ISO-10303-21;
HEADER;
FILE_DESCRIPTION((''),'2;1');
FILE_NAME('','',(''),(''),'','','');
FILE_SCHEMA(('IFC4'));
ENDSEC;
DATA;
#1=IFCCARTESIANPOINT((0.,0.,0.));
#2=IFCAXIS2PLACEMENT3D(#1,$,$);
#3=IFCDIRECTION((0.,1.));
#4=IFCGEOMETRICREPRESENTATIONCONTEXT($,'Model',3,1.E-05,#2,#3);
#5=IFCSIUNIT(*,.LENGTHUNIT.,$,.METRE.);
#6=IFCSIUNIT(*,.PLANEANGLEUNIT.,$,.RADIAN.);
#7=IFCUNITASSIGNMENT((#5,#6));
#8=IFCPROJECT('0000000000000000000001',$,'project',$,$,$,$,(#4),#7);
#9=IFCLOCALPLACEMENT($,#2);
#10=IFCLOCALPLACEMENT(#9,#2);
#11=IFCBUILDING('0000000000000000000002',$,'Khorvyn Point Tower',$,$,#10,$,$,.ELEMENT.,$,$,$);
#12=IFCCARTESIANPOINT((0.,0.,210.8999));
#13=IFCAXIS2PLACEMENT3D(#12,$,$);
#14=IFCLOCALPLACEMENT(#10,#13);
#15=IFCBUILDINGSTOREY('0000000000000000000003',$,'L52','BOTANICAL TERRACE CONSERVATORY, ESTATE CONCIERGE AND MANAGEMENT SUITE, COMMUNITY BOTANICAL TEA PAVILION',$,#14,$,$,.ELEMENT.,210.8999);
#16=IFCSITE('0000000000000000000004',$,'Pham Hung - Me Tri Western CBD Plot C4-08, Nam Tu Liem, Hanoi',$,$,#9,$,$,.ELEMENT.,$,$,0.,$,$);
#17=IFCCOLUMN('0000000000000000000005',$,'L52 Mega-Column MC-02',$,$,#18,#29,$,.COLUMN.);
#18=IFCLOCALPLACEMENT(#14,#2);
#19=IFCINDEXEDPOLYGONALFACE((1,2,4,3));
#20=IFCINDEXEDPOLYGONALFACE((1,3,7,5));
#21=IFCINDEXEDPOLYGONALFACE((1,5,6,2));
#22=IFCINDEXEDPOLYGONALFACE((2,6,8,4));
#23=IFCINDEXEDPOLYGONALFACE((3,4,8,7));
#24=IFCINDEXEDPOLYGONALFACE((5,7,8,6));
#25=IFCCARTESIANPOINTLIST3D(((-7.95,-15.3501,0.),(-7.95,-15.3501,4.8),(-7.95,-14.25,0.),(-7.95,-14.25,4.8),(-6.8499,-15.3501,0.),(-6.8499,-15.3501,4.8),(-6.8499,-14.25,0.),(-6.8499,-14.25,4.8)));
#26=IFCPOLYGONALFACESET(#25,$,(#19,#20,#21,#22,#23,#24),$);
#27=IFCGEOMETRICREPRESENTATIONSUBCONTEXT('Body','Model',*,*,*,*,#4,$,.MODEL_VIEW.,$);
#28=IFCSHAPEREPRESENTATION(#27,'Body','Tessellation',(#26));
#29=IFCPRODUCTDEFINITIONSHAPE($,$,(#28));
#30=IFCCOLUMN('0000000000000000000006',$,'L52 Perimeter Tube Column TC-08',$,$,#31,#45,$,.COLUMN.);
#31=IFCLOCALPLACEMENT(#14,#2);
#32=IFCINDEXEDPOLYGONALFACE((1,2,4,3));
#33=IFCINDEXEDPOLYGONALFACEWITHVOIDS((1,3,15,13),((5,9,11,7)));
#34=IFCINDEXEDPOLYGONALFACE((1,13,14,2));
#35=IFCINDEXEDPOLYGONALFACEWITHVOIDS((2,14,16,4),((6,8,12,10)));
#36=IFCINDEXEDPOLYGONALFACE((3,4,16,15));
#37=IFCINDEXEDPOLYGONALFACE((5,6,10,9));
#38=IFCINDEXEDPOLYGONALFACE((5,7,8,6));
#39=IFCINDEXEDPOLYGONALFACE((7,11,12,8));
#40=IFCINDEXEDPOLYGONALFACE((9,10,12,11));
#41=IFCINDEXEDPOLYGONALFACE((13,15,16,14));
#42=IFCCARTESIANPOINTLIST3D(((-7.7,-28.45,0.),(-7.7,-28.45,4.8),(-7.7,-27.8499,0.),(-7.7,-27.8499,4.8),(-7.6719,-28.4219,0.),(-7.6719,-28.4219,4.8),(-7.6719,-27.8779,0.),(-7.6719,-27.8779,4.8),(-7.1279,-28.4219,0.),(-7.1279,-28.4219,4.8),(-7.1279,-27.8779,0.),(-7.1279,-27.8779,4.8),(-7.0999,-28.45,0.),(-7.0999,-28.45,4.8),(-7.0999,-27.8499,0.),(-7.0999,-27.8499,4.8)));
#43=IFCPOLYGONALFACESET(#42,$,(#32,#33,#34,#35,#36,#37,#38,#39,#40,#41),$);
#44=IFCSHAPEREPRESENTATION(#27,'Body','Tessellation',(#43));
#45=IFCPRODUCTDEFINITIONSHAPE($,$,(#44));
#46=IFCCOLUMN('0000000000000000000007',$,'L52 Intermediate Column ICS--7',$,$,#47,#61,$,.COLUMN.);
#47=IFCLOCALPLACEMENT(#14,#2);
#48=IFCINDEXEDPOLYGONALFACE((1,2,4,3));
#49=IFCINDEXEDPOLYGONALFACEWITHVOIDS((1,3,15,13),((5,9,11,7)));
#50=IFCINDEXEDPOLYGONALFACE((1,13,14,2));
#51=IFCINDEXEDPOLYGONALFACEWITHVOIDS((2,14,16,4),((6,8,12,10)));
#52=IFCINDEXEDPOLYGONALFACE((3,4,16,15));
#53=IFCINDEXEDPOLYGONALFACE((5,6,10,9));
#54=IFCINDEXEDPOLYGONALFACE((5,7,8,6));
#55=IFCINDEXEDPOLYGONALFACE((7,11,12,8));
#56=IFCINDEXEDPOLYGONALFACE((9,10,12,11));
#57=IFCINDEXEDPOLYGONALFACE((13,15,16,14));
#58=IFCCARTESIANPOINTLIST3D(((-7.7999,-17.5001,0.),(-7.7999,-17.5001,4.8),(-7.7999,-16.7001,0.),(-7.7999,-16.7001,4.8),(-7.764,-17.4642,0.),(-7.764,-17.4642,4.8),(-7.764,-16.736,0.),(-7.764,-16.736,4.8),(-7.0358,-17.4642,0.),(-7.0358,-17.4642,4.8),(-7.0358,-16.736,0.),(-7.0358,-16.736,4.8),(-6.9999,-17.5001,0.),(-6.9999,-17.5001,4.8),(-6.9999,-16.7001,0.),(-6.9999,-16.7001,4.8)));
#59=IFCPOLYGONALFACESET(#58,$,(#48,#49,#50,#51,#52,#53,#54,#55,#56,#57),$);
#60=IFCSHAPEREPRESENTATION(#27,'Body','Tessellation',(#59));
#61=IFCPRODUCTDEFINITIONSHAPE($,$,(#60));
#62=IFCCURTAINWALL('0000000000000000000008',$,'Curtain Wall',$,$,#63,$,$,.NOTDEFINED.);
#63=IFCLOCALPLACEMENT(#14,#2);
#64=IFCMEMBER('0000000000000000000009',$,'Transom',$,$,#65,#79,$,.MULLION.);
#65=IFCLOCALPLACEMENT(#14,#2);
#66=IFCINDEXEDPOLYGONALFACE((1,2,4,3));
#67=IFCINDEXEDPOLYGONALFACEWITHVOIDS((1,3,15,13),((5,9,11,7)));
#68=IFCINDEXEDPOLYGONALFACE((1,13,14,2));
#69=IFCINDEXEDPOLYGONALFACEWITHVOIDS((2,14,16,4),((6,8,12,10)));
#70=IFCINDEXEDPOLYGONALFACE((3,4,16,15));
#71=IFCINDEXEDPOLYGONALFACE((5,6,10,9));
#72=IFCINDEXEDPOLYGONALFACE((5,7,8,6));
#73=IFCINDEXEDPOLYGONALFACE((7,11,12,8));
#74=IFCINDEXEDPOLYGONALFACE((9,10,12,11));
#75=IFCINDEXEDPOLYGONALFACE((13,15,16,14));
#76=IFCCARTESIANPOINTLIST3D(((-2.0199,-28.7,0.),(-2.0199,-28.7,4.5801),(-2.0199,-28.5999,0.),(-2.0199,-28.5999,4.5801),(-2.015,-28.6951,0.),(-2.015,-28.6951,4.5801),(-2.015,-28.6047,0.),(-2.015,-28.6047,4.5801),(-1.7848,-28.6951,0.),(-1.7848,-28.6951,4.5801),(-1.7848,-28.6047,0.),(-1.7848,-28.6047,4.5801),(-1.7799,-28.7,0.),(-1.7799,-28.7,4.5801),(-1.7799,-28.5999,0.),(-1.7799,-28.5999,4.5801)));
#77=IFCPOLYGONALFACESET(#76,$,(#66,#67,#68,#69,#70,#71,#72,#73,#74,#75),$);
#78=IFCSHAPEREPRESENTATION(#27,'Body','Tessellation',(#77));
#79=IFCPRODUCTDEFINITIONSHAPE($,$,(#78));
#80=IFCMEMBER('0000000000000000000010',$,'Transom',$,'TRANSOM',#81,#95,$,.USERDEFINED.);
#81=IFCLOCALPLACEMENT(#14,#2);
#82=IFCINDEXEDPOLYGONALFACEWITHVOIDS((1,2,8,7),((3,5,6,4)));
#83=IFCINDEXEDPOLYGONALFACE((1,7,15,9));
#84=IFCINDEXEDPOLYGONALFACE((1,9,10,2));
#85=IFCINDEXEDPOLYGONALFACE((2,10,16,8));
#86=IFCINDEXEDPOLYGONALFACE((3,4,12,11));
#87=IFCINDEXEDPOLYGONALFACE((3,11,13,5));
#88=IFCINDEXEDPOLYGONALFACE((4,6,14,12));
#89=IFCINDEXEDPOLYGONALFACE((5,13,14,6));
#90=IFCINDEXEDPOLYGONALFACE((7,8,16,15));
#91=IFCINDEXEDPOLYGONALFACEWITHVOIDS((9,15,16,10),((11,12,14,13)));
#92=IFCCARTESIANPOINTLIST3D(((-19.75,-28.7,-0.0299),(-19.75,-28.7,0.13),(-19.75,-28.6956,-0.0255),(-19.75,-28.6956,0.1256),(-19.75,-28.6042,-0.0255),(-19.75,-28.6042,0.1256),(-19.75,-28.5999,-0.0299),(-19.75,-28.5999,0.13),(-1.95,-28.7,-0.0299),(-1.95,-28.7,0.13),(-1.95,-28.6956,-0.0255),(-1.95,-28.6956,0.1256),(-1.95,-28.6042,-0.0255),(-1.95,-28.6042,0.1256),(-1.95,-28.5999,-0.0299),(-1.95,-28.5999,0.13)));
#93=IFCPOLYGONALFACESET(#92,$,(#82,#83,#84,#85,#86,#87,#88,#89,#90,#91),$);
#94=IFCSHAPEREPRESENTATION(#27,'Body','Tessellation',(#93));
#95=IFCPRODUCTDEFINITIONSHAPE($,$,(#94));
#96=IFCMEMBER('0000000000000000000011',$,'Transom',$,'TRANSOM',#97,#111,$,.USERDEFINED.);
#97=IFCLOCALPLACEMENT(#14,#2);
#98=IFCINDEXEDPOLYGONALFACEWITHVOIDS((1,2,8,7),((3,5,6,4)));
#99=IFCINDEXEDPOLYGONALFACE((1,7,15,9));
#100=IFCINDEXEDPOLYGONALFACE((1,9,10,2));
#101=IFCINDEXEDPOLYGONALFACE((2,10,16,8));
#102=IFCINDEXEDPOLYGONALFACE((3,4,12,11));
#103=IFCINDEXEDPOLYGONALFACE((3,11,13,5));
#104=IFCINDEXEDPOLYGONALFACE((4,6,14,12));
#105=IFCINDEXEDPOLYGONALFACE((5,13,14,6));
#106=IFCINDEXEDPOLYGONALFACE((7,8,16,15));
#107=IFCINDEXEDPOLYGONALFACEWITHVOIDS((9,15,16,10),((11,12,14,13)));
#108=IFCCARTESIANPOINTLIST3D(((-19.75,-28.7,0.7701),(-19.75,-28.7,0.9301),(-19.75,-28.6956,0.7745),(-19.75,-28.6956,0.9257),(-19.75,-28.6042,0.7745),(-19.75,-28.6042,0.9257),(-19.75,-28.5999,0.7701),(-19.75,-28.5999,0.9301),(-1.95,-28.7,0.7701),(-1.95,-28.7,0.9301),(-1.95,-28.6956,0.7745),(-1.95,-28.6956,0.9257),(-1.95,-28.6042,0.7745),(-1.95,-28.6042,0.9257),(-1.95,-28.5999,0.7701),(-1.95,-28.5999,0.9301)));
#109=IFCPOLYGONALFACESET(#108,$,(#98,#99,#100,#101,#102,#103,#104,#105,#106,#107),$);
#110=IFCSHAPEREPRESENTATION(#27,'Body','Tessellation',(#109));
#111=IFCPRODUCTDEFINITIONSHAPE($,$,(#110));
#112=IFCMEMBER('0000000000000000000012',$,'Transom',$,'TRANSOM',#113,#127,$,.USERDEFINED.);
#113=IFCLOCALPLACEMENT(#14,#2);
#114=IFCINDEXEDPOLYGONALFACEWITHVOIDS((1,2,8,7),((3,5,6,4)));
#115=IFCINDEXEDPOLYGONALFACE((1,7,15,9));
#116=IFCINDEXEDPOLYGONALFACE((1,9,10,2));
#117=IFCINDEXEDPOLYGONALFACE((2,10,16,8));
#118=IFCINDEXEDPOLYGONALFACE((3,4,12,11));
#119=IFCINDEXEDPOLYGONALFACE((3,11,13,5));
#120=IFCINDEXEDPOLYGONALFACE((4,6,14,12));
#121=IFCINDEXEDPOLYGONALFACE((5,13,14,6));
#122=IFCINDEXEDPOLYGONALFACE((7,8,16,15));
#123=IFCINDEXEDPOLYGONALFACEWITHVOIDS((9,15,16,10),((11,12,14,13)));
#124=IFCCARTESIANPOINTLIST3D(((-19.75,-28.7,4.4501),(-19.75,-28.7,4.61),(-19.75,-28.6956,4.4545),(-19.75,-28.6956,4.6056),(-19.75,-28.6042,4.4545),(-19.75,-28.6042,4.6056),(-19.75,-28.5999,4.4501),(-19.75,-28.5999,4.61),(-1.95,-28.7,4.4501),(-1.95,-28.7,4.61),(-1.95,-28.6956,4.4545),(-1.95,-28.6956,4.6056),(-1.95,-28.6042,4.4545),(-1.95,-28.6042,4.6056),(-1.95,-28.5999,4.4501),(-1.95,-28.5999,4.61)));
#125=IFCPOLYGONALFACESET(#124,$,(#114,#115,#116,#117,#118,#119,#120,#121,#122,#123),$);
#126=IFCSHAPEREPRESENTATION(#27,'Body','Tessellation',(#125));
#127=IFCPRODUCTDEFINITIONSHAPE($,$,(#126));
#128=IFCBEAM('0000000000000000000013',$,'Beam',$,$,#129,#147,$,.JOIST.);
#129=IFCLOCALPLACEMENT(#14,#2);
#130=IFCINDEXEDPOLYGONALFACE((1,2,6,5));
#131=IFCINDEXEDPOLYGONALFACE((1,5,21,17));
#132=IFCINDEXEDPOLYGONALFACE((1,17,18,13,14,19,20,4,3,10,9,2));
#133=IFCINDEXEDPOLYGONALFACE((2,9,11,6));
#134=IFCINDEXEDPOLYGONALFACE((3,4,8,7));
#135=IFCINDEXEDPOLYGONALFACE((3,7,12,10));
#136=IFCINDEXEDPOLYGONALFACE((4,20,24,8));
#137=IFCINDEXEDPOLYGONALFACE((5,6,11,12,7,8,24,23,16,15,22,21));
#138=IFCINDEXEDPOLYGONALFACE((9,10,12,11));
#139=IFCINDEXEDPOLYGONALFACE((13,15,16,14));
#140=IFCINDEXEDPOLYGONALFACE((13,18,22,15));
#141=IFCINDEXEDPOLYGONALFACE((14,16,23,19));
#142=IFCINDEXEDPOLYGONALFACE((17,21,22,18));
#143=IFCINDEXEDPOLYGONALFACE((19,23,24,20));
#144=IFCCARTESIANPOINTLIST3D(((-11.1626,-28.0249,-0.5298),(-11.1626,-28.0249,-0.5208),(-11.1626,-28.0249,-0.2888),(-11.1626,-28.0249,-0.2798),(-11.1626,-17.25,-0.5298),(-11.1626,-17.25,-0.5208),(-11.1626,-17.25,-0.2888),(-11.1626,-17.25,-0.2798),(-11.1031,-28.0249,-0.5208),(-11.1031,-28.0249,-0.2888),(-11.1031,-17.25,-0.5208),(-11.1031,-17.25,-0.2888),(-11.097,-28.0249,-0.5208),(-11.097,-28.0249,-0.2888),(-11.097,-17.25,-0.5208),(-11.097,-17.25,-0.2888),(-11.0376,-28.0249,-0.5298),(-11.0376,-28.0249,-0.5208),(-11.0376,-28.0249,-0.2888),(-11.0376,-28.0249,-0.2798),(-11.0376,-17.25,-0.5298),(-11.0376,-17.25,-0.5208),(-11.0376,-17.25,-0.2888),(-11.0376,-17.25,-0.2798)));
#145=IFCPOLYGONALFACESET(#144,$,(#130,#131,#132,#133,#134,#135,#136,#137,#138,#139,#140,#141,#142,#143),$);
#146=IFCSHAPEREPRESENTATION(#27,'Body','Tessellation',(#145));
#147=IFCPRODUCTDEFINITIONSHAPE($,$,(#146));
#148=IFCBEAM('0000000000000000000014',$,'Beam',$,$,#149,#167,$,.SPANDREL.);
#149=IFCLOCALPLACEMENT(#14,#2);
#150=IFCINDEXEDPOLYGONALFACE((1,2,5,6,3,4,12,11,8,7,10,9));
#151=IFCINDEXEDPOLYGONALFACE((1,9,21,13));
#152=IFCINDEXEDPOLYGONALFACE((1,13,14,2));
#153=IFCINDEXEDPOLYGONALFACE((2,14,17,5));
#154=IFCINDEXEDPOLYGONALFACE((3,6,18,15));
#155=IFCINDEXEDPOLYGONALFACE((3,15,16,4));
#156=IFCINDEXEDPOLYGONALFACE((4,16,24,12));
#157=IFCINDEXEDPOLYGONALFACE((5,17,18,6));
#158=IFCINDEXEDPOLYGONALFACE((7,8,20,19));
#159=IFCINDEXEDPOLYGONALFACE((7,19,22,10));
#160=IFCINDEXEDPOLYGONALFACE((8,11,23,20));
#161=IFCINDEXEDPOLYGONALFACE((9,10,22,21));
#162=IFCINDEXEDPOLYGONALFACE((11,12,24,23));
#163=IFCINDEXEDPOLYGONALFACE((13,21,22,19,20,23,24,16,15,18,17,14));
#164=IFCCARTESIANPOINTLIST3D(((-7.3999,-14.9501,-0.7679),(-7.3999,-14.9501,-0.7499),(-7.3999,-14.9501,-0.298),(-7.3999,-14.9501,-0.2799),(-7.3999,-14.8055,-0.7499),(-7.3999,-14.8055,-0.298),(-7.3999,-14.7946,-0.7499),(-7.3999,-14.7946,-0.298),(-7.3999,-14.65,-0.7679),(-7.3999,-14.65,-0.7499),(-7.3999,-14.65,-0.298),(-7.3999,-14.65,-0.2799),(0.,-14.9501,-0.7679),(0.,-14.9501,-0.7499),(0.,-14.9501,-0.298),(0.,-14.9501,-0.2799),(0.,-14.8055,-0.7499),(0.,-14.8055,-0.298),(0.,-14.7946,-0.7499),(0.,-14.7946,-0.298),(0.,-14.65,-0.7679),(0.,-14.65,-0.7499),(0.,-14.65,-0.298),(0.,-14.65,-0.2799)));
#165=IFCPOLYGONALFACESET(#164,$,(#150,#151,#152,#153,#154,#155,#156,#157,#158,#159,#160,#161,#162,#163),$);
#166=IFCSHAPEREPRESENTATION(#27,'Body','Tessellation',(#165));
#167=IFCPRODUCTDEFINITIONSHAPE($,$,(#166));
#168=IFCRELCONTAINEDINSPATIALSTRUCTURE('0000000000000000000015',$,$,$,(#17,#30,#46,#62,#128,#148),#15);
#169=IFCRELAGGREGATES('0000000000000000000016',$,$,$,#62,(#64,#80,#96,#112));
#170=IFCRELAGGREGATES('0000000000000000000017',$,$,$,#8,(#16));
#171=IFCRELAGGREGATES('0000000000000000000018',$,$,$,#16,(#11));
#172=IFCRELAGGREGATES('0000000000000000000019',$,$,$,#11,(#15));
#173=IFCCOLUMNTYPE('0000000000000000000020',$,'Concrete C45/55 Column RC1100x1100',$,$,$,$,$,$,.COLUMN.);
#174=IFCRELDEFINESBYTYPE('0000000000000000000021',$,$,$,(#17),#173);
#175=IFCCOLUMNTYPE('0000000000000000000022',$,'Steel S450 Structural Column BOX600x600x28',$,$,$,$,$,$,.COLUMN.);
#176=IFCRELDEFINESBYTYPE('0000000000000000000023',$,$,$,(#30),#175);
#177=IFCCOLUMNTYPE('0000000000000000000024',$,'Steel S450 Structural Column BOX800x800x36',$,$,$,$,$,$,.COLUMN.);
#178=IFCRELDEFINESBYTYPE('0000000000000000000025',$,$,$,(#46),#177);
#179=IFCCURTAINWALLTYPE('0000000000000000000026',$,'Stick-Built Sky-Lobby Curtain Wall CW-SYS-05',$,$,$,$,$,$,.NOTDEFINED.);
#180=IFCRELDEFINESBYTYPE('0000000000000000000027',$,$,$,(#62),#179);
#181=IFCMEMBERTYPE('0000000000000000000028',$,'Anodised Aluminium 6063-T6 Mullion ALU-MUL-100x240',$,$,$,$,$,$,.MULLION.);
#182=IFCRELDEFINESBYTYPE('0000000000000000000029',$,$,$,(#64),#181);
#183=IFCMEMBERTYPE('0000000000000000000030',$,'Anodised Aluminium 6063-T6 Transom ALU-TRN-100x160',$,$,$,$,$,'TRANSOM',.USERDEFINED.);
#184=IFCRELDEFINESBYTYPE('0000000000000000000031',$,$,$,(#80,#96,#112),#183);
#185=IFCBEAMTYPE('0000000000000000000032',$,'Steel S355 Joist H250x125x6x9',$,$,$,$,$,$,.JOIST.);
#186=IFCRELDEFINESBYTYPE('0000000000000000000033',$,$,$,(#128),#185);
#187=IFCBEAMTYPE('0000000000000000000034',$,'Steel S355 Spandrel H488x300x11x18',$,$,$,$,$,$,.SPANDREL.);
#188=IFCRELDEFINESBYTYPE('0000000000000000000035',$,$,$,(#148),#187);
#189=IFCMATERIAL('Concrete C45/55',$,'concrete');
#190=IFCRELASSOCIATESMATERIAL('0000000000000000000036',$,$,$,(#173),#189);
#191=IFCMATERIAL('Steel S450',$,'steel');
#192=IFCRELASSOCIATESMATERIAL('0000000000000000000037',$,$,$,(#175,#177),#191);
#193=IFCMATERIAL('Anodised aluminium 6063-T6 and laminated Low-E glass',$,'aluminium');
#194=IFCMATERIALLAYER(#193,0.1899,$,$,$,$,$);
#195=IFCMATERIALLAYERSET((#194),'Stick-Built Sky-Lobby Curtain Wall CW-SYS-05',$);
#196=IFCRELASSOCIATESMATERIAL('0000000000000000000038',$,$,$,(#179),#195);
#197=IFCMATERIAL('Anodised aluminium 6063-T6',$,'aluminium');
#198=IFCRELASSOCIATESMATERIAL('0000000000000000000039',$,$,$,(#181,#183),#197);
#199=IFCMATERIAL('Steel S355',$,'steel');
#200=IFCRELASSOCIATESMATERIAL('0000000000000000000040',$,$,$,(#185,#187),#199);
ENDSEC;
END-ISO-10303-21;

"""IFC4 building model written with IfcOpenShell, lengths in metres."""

from ifc_helpers import new_model, si_unit, direction, frame, origin, origin_2d, place, context, subcontext, project, spatial, rectangle, hollow_rectangle, i_section, extrude, material, layer, layer_set, material_profile, profile_set, type_object, element, aggregate, save


model = new_model("IFC4")

# Units and contexts
model_context = context("Model", 3, precision=1e-05, world=origin(), true_north=direction((0.0, 1.0)))
body_context = subcontext(model_context, "Body", "Model", "MODEL_VIEW")
ifc_project = project(units=[si_unit("LENGTHUNIT", "METRE"), si_unit("PLANEANGLEUNIT", "RADIAN")], contexts=[model_context])

# Site, building, storey
site_placement = place(None, origin())
site = spatial("IfcSite", under=ifc_project, at=site_placement, Name="Pham Hung - Me Tri Western CBD Plot C4-08, Nam Tu Liem, Hanoi", CompositionType="ELEMENT", RefElevation=0.0)
building_placement = place(site_placement, origin())
building = spatial("IfcBuilding", under=site, at=building_placement, Name="Khorvyn Point Tower", CompositionType="ELEMENT")
storey_placement = place(building_placement, frame((0.0, 0.0, 210.8999)))
storey = spatial("IfcBuildingStorey", under=building, at=storey_placement, Name="L52", Description="BOTANICAL TERRACE CONSERVATORY, ESTATE CONCIERGE AND MANAGEMENT SUITE, COMMUNITY BOTANICAL TEA PAVILION", CompositionType="ELEMENT", Elevation=210.8999)

# Columns
ifc_material_1 = material(Name="Concrete C45/55", Category="concrete")
ifc_material_profile_1 = material_profile(ifc_material_1, rectangle(XDim=1.1001, YDim=1.1001, at=origin_2d()))
ifc_profile_set_1 = profile_set([ifc_material_profile_1], Name="Concrete C45/55 RC1100x1100")
column_type_1 = type_object("IfcColumnType", Name="Concrete C45/55 Column RC1100x1100", PredefinedType="COLUMN", material=ifc_profile_set_1)
column_1_placement = place(storey_placement, frame((-7.3999, -14.8, 0.0), z_axis=(0.0, 0.0, 1.0), x_axis=(1.0, 0.0, 0.0)))
element("IfcColumn", 1, at=column_1_placement, inside=storey, type_object=column_type_1, Name="L52 Mega-Column MC-02", PredefinedType="COLUMN", context=body_context, shape_type="SweptSolid", body=[
    extrude(rectangle(XDim=1.1001, YDim=1.1001, at=origin_2d()), origin(), (0.0, 0.0, 1.0), 4.8),
])
ifc_material_2 = material(Name="Steel S450", Category="steel")
ifc_material_profile_2 = material_profile(ifc_material_2, hollow_rectangle(XDim=0.6001, YDim=0.6001, WallThickness=0.0281, at=origin_2d()))
ifc_profile_set_2 = profile_set([ifc_material_profile_2], Name="Steel S450 BOX600x600x28")
column_type_2 = type_object("IfcColumnType", Name="Steel S450 Structural Column BOX600x600x28", PredefinedType="COLUMN", material=ifc_profile_set_2)
column_2_placement = place(storey_placement, frame((-7.3999, -28.1499, 0.0), z_axis=(0.0, 0.0, 1.0), x_axis=(1.0, 0.0, 0.0)))
element("IfcColumn", 2, at=column_2_placement, inside=storey, type_object=column_type_2, Name="L52 Perimeter Tube Column TC-08", PredefinedType="COLUMN", context=body_context, shape_type="SweptSolid", body=[
    extrude(hollow_rectangle(XDim=0.6001, YDim=0.6001, WallThickness=0.0281, at=origin_2d()), origin(), (0.0, 0.0, 1.0), 4.8),
])
ifc_material_profile_3 = material_profile(ifc_material_2, hollow_rectangle(XDim=0.8, YDim=0.8, WallThickness=0.0359, at=origin_2d()))
ifc_profile_set_3 = profile_set([ifc_material_profile_3], Name="Steel S450 BOX800x800x36")
column_type_3 = type_object("IfcColumnType", Name="Steel S450 Structural Column BOX800x800x36", PredefinedType="COLUMN", material=ifc_profile_set_3)
column_3_placement = place(storey_placement, frame((-7.3999, -17.1001, 0.0), z_axis=(0.0, 0.0, 1.0), x_axis=(1.0, 0.0, 0.0)))
element("IfcColumn", 3, at=column_3_placement, inside=storey, type_object=column_type_3, Name="L52 Intermediate Column ICS--7", PredefinedType="COLUMN", context=body_context, shape_type="SweptSolid", body=[
    extrude(hollow_rectangle(XDim=0.8, YDim=0.8, WallThickness=0.0359, at=origin_2d()), origin(), (0.0, 0.0, 1.0), 4.8),
])

# Curtain wall, members
ifc_material_3 = material(Name="Anodised aluminium 6063-T6 and laminated Low-E glass", Category="aluminium")
ifc_layer_1 = layer(ifc_material_3, 0.1899)
ifc_layer_set_1 = layer_set([ifc_layer_1], Name="Stick-Built Sky-Lobby Curtain Wall CW-SYS-05")
curtain_wall_type = type_object("IfcCurtainWallType", Name="Stick-Built Sky-Lobby Curtain Wall CW-SYS-05", PredefinedType="NOTDEFINED", material=ifc_layer_set_1)
curtain_wall_placement = place(storey_placement, origin())
curtain_wall = element("IfcCurtainWall", 4, at=curtain_wall_placement, inside=storey, type_object=curtain_wall_type, Name="Curtain Wall", PredefinedType="NOTDEFINED")
ifc_material_4 = material(Name="Anodised aluminium 6063-T6", Category="aluminium")
ifc_material_profile_4 = material_profile(ifc_material_4, hollow_rectangle(XDim=0.1001, YDim=0.24, WallThickness=0.0049, at=origin_2d()))
ifc_profile_set_4 = profile_set([ifc_material_profile_4], Name="Anodised aluminium 6063-T6 ALU-MUL-100x240")
member_type_1 = type_object("IfcMemberType", Name="Anodised Aluminium 6063-T6 Mullion ALU-MUL-100x240", PredefinedType="MULLION", material=ifc_profile_set_4)
member_1_placement = place(storey_placement, frame((-1.8999, -28.6499, 0.0), z_axis=(0.0, 0.0, 1.0), x_axis=(0.0, -1.0, 0.0)))
member_1 = element("IfcMember", 5, at=member_1_placement, type_object=member_type_1, Name="Transom", PredefinedType="MULLION", context=body_context, shape_type="SweptSolid", body=[
    extrude(hollow_rectangle(XDim=0.1001, YDim=0.24, WallThickness=0.0049, at=origin_2d()), origin(), (0.0, 0.0, 1.0), 4.5801),
])
ifc_material_profile_5 = material_profile(ifc_material_4, hollow_rectangle(XDim=0.1001, YDim=0.1599, WallThickness=0.0044, at=origin_2d()))
ifc_profile_set_5 = profile_set([ifc_material_profile_5], Name="Anodised aluminium 6063-T6 ALU-TRN-100x160")
member_type_2 = type_object("IfcMemberType", Name="Anodised Aluminium 6063-T6 Transom ALU-TRN-100x160", ElementType="TRANSOM", PredefinedType="USERDEFINED", material=ifc_profile_set_5)
member_2_placement = place(storey_placement, frame((-1.95, -28.6499, 0.05), z_axis=(-1.0, 0.0, 0.0), x_axis=(0.0, -1.0, 0.0)))
member_2 = element("IfcMember", 6, at=member_2_placement, type_object=member_type_2, Name="Transom", ObjectType="TRANSOM", PredefinedType="USERDEFINED", context=body_context, shape_type="SweptSolid", body=[
    extrude(hollow_rectangle(XDim=0.1001, YDim=0.1599, WallThickness=0.0044, at=origin_2d()), origin(), (0.0, 0.0, 1.0), 17.8),
])
member_3_placement = place(storey_placement, frame((-1.95, -28.6499, 0.8501), z_axis=(-1.0, 0.0, 0.0), x_axis=(0.0, -1.0, 0.0)))
member_3 = element("IfcMember", 7, at=member_3_placement, type_object=member_type_2, Name="Transom", ObjectType="TRANSOM", PredefinedType="USERDEFINED", context=body_context, shape_type="SweptSolid", body=[
    extrude(hollow_rectangle(XDim=0.1001, YDim=0.1599, WallThickness=0.0044, at=origin_2d()), origin(), (0.0, 0.0, 1.0), 17.8),
])
member_4_placement = place(storey_placement, frame((-1.95, -28.6499, 4.53), z_axis=(-1.0, 0.0, 0.0), x_axis=(0.0, -1.0, 0.0)))
member_4 = element("IfcMember", 8, at=member_4_placement, type_object=member_type_2, Name="Transom", ObjectType="TRANSOM", PredefinedType="USERDEFINED", context=body_context, shape_type="SweptSolid", body=[
    extrude(hollow_rectangle(XDim=0.1001, YDim=0.1599, WallThickness=0.0044, at=origin_2d()), origin(), (0.0, 0.0, 1.0), 17.8),
])

# Beams
ifc_material_5 = material(Name="Steel S355", Category="steel")
ifc_material_profile_6 = material_profile(ifc_material_5, i_section(OverallWidth=0.125, OverallDepth=0.25, WebThickness=0.0061, FlangeThickness=0.009, at=origin_2d()))
ifc_profile_set_6 = profile_set([ifc_material_profile_6], Name="Steel S355 H250x125x6x9")
beam_type_1 = type_object("IfcBeamType", Name="Steel S355 Joist H250x125x6x9", PredefinedType="JOIST", material=ifc_profile_set_6)
beam_1_placement = place(storey_placement, frame((-11.1001, -28.0249, -0.4048), z_axis=(0.0, 1.0, 0.0), x_axis=(-1.0, 0.0, 0.0)))
element("IfcBeam", 9, at=beam_1_placement, inside=storey, type_object=beam_type_1, Name="Beam", PredefinedType="JOIST", context=body_context, shape_type="SweptSolid", body=[
    extrude(i_section(OverallWidth=0.125, OverallDepth=0.25, WebThickness=0.0061, FlangeThickness=0.009, at=origin_2d()), origin(), (0.0, 0.0, 1.0), 10.7749),
])
ifc_material_profile_7 = material_profile(ifc_material_5, i_section(OverallWidth=0.3, OverallDepth=0.488, WebThickness=0.011, FlangeThickness=0.0181, at=origin_2d()))
ifc_profile_set_7 = profile_set([ifc_material_profile_7], Name="Steel S355 H488x300x11x18")
beam_type_2 = type_object("IfcBeamType", Name="Steel S355 Spandrel H488x300x11x18", PredefinedType="SPANDREL", material=ifc_profile_set_7)
beam_2_placement = place(storey_placement, frame((-7.3999, -14.8, -0.5239), z_axis=(1.0, 0.0, 0.0), x_axis=(0.0, 1.0, 0.0)))
element("IfcBeam", 10, at=beam_2_placement, inside=storey, type_object=beam_type_2, Name="Beam", PredefinedType="SPANDREL", context=body_context, shape_type="SweptSolid", body=[
    extrude(i_section(OverallWidth=0.3, OverallDepth=0.488, WebThickness=0.011, FlangeThickness=0.0181, at=origin_2d()), origin(), (0.0, 0.0, 1.0), 7.3999),
])

aggregate(curtain_wall, [member_1, member_2, member_3, member_4])

save(model, "model.ifc")
